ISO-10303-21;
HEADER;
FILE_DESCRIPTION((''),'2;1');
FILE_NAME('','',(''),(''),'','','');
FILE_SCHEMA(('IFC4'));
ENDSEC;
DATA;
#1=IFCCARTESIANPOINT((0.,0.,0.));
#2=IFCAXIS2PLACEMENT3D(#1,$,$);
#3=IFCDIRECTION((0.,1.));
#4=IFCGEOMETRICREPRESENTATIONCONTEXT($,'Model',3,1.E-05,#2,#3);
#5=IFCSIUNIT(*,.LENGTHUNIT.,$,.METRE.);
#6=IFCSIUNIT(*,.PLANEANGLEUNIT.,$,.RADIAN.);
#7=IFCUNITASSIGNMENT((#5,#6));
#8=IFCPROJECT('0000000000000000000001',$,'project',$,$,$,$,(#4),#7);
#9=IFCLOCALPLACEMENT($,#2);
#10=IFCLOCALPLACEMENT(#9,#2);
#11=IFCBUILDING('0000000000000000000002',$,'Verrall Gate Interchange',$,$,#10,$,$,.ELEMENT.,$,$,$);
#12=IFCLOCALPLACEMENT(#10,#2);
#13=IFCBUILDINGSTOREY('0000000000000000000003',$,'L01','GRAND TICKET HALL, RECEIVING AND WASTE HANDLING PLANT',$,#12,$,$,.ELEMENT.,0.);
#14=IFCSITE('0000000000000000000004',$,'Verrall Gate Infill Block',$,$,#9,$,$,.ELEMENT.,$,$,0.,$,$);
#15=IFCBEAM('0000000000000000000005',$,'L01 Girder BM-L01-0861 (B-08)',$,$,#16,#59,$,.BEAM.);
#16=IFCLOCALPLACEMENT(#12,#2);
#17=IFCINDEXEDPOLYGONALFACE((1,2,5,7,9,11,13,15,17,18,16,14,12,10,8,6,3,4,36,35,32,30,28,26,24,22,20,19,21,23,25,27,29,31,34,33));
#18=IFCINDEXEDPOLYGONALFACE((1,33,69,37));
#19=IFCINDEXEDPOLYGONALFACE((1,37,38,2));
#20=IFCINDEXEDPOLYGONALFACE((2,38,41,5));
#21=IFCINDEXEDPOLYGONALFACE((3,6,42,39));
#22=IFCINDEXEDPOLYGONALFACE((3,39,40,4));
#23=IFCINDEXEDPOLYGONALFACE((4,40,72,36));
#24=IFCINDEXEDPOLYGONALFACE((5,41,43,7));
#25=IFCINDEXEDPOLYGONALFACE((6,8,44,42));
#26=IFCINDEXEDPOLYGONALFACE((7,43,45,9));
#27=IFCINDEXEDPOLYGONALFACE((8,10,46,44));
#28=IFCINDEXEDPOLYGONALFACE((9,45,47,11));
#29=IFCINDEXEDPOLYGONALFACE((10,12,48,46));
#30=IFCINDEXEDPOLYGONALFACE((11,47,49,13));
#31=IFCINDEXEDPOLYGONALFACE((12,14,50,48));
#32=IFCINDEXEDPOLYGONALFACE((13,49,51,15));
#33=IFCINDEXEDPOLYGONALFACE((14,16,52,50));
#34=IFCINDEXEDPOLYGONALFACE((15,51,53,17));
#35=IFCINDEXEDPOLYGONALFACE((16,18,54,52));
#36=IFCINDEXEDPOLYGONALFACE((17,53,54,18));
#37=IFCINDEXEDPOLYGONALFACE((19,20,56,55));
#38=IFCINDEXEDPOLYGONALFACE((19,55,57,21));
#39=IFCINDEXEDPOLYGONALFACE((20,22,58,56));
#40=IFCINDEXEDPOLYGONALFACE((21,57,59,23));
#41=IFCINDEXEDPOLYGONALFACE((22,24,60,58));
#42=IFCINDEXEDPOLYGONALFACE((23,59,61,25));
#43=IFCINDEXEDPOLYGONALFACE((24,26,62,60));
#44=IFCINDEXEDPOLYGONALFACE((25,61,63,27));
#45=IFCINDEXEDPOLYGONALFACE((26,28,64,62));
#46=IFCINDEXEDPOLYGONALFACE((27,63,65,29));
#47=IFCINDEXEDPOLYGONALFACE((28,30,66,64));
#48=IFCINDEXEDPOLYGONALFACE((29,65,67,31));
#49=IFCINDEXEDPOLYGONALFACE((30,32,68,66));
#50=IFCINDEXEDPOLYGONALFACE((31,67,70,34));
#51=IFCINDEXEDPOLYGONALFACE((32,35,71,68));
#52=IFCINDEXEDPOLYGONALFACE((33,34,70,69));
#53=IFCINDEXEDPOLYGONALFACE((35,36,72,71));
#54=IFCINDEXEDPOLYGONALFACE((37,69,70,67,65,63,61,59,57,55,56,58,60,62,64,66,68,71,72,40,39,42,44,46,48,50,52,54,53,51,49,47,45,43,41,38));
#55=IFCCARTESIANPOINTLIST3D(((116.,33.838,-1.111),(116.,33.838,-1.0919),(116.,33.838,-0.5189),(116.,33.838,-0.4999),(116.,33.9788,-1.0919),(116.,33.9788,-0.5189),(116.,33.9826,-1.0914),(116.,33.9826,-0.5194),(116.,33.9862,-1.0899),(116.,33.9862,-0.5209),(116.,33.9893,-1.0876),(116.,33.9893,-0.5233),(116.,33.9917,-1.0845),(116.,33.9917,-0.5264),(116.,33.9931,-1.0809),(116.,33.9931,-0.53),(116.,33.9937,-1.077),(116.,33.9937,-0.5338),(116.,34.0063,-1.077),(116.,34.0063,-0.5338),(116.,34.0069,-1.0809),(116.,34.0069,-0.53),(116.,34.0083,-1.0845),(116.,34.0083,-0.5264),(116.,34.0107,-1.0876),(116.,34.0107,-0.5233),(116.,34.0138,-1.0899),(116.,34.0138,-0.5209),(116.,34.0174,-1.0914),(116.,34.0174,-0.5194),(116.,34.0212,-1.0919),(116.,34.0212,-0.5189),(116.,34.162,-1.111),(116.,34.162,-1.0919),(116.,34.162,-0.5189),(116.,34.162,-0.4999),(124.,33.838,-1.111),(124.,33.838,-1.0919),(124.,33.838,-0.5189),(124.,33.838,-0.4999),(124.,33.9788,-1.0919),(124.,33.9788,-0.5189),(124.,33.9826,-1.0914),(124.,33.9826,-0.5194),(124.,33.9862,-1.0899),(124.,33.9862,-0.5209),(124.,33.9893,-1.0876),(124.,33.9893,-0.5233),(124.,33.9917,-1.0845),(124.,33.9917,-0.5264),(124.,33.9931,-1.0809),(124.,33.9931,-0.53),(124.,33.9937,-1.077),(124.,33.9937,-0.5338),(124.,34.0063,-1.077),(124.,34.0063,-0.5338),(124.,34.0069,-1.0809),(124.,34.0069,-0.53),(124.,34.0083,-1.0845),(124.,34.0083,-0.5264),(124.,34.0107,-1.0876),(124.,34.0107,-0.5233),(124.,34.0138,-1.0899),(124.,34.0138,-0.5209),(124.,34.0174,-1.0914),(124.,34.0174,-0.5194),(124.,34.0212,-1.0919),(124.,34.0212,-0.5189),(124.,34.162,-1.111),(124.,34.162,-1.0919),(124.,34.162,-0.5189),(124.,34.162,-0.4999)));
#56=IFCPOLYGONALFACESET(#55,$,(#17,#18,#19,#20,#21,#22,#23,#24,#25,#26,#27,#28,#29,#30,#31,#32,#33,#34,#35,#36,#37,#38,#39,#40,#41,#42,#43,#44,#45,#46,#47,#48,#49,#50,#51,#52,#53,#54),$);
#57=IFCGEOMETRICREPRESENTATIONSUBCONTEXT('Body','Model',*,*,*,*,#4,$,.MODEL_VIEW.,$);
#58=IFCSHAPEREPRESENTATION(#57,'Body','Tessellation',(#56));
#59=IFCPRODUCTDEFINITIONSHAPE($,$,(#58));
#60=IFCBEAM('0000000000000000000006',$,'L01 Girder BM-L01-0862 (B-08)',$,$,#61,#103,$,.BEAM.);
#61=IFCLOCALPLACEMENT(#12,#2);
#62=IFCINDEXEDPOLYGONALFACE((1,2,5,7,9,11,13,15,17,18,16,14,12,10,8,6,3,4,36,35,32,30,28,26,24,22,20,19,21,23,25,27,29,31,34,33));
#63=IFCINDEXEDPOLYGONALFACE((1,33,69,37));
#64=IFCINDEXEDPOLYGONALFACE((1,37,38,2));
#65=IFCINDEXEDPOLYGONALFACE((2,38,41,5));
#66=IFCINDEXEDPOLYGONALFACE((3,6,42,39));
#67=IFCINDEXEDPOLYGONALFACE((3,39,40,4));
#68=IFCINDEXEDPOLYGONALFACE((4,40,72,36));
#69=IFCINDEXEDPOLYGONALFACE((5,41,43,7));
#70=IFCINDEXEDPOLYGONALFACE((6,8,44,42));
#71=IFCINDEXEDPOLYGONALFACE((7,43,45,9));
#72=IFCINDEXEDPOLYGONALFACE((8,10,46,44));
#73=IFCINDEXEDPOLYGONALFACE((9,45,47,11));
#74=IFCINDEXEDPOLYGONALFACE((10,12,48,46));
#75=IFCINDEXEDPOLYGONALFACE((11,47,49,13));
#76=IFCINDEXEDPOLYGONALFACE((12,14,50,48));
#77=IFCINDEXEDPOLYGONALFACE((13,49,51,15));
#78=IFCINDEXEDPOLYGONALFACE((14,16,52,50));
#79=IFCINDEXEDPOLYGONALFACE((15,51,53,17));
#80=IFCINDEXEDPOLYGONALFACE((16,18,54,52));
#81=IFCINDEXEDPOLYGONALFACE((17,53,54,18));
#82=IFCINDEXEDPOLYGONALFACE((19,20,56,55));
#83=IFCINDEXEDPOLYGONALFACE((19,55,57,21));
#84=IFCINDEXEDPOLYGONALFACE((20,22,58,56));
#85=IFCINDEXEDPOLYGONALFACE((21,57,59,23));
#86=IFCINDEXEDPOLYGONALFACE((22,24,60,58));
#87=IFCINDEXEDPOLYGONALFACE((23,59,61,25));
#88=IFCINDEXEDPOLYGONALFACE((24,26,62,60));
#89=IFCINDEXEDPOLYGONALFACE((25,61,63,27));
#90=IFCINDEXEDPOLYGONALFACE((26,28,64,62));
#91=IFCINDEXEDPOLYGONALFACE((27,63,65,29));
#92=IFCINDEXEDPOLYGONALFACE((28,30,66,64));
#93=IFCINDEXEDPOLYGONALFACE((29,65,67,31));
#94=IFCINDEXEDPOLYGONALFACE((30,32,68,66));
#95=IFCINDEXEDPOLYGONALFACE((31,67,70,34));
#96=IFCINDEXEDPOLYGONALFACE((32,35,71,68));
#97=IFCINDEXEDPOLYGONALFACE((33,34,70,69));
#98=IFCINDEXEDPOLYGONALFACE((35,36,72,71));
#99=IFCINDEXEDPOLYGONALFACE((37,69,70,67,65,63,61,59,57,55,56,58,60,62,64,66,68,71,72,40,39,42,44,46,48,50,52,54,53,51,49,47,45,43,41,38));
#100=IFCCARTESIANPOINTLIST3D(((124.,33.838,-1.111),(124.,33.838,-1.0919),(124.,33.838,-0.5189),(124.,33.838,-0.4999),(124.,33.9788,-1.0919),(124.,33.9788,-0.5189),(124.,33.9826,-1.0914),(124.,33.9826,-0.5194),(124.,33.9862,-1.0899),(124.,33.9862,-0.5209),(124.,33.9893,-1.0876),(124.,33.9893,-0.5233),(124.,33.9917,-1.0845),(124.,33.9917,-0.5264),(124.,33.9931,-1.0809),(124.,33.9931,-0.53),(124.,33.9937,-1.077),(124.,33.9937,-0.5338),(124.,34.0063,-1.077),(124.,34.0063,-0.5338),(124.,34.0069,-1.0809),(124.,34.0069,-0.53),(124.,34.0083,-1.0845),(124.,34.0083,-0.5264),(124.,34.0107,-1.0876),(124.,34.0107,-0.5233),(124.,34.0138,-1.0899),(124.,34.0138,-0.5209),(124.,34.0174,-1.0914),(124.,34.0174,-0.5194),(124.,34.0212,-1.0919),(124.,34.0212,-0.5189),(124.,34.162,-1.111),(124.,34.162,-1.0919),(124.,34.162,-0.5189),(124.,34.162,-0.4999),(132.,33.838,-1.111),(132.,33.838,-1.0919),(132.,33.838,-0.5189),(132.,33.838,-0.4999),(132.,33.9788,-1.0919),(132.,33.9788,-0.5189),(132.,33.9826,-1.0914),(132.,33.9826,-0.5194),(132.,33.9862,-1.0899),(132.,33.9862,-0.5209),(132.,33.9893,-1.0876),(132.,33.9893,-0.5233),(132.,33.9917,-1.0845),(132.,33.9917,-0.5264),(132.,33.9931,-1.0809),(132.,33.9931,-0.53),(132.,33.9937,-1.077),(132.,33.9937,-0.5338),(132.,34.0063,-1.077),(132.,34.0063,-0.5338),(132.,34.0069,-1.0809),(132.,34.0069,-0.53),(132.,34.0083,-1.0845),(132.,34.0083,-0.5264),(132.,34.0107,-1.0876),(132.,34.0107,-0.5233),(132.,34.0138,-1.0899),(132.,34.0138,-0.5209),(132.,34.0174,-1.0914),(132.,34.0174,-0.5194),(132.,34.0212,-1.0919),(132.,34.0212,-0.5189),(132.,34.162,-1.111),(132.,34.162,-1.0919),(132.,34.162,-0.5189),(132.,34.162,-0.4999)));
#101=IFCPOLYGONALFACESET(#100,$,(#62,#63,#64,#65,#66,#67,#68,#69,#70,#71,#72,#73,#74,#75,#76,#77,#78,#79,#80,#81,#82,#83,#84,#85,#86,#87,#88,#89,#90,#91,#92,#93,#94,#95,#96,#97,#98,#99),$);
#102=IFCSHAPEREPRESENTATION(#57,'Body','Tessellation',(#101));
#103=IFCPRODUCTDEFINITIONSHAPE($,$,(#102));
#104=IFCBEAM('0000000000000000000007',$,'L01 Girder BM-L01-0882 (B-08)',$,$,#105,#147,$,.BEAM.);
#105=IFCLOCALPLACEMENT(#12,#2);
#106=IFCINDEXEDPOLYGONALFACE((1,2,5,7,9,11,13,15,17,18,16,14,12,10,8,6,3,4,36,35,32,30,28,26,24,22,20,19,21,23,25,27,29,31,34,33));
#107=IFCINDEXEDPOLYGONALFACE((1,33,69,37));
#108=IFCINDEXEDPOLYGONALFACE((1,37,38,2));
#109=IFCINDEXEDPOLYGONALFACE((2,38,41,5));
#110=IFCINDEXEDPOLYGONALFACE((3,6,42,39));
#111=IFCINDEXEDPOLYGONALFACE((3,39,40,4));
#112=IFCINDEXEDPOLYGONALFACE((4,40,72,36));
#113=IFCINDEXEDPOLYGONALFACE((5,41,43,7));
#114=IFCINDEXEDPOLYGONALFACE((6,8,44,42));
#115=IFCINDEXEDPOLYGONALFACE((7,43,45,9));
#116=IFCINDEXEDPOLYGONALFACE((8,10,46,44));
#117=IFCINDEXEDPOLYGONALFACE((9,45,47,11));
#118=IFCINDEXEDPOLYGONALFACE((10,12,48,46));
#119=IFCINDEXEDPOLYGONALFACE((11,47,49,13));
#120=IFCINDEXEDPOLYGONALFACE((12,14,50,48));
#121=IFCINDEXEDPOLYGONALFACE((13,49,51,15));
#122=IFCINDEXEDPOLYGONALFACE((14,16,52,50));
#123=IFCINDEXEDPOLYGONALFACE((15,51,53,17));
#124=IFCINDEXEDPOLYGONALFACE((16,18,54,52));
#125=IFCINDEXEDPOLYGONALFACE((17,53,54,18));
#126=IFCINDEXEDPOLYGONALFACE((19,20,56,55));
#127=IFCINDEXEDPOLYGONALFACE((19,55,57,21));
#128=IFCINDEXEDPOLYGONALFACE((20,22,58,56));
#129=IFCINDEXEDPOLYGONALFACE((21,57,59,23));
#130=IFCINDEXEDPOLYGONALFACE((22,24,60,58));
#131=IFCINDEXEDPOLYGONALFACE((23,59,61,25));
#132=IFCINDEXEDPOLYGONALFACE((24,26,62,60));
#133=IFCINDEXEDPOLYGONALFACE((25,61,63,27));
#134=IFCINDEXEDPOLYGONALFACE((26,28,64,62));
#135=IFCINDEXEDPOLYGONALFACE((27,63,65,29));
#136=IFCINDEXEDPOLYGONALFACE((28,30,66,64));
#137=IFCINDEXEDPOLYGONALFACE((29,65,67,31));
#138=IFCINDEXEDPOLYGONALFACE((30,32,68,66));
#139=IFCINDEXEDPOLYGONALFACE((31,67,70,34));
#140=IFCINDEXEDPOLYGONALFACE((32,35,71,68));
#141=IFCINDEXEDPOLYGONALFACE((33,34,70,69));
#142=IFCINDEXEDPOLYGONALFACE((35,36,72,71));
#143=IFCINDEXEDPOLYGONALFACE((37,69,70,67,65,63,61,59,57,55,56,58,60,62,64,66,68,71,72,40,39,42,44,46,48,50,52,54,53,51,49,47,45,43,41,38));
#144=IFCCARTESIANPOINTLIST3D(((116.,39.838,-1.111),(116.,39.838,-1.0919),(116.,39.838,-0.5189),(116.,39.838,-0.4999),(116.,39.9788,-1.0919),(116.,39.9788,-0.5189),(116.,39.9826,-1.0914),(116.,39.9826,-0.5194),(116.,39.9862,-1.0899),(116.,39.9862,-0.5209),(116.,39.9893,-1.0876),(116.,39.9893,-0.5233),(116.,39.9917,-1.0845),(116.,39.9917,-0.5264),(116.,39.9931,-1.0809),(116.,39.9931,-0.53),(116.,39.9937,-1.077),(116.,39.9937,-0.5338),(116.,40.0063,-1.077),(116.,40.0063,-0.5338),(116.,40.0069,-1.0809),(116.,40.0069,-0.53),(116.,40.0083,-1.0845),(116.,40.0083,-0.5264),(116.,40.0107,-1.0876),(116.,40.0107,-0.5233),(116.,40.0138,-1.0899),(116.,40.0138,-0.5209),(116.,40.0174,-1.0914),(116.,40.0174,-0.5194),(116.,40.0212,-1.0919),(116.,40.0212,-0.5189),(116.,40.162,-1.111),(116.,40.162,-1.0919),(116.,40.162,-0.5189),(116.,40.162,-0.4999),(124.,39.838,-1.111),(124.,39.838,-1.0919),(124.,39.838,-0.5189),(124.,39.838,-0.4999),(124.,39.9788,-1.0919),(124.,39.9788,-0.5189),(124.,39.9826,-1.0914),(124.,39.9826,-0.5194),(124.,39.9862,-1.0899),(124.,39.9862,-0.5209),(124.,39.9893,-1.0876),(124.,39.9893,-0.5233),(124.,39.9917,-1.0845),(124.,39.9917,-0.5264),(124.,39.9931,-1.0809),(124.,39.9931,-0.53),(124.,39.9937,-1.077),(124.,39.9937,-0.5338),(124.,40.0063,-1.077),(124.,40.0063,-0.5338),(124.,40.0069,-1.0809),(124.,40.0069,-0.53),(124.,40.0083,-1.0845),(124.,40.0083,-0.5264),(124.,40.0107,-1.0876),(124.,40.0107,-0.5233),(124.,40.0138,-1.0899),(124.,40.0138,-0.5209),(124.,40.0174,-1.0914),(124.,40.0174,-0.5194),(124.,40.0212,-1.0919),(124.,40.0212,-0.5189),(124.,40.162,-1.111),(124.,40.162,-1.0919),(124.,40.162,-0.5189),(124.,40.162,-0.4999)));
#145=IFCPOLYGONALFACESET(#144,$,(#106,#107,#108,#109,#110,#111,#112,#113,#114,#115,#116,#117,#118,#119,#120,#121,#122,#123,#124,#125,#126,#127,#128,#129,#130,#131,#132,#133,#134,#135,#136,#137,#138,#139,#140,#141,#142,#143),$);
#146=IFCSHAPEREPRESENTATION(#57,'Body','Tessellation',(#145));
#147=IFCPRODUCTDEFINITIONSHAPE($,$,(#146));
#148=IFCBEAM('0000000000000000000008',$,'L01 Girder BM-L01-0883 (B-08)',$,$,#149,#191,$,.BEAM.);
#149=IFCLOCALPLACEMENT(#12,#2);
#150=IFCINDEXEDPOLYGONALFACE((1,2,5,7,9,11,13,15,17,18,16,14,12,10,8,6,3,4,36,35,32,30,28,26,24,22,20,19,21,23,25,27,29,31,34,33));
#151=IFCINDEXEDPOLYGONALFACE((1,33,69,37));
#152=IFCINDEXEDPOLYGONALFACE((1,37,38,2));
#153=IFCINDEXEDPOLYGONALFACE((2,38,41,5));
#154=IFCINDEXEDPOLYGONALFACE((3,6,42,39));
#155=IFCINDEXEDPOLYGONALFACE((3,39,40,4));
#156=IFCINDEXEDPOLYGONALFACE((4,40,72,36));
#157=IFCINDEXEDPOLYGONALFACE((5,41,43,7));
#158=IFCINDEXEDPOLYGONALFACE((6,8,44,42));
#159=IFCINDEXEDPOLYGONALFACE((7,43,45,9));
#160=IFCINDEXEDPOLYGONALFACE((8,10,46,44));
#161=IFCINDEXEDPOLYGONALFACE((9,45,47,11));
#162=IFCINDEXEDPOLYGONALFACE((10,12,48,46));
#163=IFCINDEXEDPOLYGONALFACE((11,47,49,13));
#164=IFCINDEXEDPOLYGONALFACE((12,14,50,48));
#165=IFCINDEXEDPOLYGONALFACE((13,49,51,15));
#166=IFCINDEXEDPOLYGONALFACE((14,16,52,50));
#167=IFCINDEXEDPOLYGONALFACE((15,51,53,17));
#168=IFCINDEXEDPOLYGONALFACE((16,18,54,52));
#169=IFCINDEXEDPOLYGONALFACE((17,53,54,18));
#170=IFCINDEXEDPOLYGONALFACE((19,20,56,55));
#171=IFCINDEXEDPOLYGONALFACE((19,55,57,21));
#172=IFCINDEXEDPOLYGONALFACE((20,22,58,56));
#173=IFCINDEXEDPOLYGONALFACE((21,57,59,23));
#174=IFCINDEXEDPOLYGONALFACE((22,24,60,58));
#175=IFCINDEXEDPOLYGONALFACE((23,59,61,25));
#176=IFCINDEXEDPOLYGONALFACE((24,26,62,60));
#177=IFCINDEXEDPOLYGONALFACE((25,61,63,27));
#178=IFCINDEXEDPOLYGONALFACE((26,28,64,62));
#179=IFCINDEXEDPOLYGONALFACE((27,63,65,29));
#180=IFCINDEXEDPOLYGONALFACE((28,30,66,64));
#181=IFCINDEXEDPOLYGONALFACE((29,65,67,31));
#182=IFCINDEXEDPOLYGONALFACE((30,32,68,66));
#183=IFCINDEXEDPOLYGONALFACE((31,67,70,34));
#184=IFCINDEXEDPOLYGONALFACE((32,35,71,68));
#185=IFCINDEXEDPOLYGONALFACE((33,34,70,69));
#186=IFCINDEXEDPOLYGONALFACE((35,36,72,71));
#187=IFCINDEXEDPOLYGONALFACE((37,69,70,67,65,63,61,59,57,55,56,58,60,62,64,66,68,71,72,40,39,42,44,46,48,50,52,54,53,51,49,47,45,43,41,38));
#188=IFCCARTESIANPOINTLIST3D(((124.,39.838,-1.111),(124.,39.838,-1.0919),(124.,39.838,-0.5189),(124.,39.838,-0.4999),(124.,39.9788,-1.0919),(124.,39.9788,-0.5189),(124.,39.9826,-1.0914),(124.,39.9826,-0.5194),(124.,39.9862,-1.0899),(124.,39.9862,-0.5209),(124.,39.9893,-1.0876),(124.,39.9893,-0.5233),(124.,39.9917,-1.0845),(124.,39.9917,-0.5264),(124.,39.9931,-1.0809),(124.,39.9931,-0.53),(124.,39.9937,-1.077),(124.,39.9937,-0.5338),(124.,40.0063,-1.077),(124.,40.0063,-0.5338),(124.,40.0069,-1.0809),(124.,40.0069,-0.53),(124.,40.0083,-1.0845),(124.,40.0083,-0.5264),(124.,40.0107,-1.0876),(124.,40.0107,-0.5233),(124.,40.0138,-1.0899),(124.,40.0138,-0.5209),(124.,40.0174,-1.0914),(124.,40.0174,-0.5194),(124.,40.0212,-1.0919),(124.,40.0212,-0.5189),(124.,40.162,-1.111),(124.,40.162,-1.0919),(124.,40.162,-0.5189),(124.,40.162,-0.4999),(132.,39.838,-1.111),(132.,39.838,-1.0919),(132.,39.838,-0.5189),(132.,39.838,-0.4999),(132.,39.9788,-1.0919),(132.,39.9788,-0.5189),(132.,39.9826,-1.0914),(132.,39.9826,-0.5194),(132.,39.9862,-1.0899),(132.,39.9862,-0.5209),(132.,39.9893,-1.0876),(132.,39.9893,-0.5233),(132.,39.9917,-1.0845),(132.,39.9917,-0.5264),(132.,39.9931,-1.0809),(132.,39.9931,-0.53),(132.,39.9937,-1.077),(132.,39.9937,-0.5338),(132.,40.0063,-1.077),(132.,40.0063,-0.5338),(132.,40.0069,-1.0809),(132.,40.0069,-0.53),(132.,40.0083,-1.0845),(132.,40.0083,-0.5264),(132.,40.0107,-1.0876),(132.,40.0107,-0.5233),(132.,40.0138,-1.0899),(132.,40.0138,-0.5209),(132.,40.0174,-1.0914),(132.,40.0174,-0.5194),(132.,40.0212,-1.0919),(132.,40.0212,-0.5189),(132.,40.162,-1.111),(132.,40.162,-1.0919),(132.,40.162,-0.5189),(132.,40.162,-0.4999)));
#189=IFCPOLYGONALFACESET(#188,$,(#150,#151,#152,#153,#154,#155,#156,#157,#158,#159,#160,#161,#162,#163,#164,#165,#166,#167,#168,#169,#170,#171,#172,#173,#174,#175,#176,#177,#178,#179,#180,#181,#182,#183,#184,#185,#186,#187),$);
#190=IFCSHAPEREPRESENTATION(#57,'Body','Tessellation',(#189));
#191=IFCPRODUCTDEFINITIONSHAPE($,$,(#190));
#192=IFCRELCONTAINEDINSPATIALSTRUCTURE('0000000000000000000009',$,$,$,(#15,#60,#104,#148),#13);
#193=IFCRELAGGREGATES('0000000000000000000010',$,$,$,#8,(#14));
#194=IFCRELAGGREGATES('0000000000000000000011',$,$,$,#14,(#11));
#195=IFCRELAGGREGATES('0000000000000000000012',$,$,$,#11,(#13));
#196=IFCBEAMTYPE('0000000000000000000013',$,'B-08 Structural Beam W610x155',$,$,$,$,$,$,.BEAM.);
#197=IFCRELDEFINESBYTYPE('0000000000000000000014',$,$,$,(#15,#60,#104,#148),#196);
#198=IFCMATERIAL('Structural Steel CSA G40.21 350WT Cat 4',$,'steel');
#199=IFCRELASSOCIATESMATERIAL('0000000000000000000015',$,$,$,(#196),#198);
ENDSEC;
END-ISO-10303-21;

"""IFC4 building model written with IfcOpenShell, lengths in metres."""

from ifc_helpers import new_model, si_unit, direction, frame, origin, origin_2d, place, context, subcontext, project, spatial, i_section, extrude, material, material_profile, profile_set, type_object, element, save


model = new_model("IFC4")

# Units and contexts
model_context = context("Model", 3, precision=1e-05, world=origin(), true_north=direction((0.0, 1.0)))
body_context = subcontext(model_context, "Body", "Model", "MODEL_VIEW")
ifc_project = project(units=[si_unit("LENGTHUNIT", "METRE"), si_unit("PLANEANGLEUNIT", "RADIAN")], contexts=[model_context])

# Site, building, storey
site_placement = place(None, origin())
site = spatial("IfcSite", under=ifc_project, at=site_placement, Name="Verrall Gate Infill Block", CompositionType="ELEMENT", RefElevation=0.0)
building_placement = place(site_placement, origin())
building = spatial("IfcBuilding", under=site, at=building_placement, Name="Verrall Gate Interchange", CompositionType="ELEMENT")
storey_placement = place(building_placement, origin())
storey = spatial("IfcBuildingStorey", under=building, at=storey_placement, Name="L01", Description="GRAND TICKET HALL, RECEIVING AND WASTE HANDLING PLANT", CompositionType="ELEMENT", Elevation=0.0)

# Beams
ifc_material_1 = material(Name="Structural Steel CSA G40.21 350WT Cat 4", Category="steel")
ifc_material_profile_1 = material_profile(ifc_material_1, i_section(OverallWidth=0.324, OverallDepth=0.6111, WebThickness=0.0127, FlangeThickness=0.019, FilletRadius=0.0149, at=origin_2d()), Name="W610x155")
ifc_profile_set_1 = profile_set([ifc_material_profile_1], Name="Structural Steel CSA G40.21 350WT Cat 4")
beam_type_1 = type_object("IfcBeamType", Name="B-08 Structural Beam W610x155", PredefinedType="BEAM", material=ifc_profile_set_1)
for number, where, z_axis, x_axis, name in (
    (1, (116.0, 34.0, -0.8054), (1.0, 0.0, 0.0), (0.0, 1.0, 0.0), "L01 Girder BM-L01-0861 (B-08)"),
    (2, (124.0, 34.0, -0.8054), (1.0, 0.0, 0.0), (0.0, 1.0, 0.0), "L01 Girder BM-L01-0862 (B-08)"),
    (3, (116.0, 40.0, -0.8054), (1.0, 0.0, 0.0), (0.0, 1.0, 0.0), "L01 Girder BM-L01-0882 (B-08)"),
    (4, (124.0, 40.0, -0.8054), (1.0, 0.0, 0.0), (0.0, 1.0, 0.0), "L01 Girder BM-L01-0883 (B-08)"),
):
    element("IfcBeam", number, at=place(storey_placement, frame(where, z_axis=z_axis, x_axis=x_axis)), inside=storey, type_object=beam_type_1, Name=name, PredefinedType="BEAM", context=body_context, shape_type="SweptSolid", body=[
        extrude(i_section(OverallWidth=0.324, OverallDepth=0.6111, WebThickness=0.0127, FlangeThickness=0.019, FilletRadius=0.0149, at=origin_2d()), origin(), (0.0, 0.0, 1.0), 8.0),
    ])

save(model, "model.ifc")
